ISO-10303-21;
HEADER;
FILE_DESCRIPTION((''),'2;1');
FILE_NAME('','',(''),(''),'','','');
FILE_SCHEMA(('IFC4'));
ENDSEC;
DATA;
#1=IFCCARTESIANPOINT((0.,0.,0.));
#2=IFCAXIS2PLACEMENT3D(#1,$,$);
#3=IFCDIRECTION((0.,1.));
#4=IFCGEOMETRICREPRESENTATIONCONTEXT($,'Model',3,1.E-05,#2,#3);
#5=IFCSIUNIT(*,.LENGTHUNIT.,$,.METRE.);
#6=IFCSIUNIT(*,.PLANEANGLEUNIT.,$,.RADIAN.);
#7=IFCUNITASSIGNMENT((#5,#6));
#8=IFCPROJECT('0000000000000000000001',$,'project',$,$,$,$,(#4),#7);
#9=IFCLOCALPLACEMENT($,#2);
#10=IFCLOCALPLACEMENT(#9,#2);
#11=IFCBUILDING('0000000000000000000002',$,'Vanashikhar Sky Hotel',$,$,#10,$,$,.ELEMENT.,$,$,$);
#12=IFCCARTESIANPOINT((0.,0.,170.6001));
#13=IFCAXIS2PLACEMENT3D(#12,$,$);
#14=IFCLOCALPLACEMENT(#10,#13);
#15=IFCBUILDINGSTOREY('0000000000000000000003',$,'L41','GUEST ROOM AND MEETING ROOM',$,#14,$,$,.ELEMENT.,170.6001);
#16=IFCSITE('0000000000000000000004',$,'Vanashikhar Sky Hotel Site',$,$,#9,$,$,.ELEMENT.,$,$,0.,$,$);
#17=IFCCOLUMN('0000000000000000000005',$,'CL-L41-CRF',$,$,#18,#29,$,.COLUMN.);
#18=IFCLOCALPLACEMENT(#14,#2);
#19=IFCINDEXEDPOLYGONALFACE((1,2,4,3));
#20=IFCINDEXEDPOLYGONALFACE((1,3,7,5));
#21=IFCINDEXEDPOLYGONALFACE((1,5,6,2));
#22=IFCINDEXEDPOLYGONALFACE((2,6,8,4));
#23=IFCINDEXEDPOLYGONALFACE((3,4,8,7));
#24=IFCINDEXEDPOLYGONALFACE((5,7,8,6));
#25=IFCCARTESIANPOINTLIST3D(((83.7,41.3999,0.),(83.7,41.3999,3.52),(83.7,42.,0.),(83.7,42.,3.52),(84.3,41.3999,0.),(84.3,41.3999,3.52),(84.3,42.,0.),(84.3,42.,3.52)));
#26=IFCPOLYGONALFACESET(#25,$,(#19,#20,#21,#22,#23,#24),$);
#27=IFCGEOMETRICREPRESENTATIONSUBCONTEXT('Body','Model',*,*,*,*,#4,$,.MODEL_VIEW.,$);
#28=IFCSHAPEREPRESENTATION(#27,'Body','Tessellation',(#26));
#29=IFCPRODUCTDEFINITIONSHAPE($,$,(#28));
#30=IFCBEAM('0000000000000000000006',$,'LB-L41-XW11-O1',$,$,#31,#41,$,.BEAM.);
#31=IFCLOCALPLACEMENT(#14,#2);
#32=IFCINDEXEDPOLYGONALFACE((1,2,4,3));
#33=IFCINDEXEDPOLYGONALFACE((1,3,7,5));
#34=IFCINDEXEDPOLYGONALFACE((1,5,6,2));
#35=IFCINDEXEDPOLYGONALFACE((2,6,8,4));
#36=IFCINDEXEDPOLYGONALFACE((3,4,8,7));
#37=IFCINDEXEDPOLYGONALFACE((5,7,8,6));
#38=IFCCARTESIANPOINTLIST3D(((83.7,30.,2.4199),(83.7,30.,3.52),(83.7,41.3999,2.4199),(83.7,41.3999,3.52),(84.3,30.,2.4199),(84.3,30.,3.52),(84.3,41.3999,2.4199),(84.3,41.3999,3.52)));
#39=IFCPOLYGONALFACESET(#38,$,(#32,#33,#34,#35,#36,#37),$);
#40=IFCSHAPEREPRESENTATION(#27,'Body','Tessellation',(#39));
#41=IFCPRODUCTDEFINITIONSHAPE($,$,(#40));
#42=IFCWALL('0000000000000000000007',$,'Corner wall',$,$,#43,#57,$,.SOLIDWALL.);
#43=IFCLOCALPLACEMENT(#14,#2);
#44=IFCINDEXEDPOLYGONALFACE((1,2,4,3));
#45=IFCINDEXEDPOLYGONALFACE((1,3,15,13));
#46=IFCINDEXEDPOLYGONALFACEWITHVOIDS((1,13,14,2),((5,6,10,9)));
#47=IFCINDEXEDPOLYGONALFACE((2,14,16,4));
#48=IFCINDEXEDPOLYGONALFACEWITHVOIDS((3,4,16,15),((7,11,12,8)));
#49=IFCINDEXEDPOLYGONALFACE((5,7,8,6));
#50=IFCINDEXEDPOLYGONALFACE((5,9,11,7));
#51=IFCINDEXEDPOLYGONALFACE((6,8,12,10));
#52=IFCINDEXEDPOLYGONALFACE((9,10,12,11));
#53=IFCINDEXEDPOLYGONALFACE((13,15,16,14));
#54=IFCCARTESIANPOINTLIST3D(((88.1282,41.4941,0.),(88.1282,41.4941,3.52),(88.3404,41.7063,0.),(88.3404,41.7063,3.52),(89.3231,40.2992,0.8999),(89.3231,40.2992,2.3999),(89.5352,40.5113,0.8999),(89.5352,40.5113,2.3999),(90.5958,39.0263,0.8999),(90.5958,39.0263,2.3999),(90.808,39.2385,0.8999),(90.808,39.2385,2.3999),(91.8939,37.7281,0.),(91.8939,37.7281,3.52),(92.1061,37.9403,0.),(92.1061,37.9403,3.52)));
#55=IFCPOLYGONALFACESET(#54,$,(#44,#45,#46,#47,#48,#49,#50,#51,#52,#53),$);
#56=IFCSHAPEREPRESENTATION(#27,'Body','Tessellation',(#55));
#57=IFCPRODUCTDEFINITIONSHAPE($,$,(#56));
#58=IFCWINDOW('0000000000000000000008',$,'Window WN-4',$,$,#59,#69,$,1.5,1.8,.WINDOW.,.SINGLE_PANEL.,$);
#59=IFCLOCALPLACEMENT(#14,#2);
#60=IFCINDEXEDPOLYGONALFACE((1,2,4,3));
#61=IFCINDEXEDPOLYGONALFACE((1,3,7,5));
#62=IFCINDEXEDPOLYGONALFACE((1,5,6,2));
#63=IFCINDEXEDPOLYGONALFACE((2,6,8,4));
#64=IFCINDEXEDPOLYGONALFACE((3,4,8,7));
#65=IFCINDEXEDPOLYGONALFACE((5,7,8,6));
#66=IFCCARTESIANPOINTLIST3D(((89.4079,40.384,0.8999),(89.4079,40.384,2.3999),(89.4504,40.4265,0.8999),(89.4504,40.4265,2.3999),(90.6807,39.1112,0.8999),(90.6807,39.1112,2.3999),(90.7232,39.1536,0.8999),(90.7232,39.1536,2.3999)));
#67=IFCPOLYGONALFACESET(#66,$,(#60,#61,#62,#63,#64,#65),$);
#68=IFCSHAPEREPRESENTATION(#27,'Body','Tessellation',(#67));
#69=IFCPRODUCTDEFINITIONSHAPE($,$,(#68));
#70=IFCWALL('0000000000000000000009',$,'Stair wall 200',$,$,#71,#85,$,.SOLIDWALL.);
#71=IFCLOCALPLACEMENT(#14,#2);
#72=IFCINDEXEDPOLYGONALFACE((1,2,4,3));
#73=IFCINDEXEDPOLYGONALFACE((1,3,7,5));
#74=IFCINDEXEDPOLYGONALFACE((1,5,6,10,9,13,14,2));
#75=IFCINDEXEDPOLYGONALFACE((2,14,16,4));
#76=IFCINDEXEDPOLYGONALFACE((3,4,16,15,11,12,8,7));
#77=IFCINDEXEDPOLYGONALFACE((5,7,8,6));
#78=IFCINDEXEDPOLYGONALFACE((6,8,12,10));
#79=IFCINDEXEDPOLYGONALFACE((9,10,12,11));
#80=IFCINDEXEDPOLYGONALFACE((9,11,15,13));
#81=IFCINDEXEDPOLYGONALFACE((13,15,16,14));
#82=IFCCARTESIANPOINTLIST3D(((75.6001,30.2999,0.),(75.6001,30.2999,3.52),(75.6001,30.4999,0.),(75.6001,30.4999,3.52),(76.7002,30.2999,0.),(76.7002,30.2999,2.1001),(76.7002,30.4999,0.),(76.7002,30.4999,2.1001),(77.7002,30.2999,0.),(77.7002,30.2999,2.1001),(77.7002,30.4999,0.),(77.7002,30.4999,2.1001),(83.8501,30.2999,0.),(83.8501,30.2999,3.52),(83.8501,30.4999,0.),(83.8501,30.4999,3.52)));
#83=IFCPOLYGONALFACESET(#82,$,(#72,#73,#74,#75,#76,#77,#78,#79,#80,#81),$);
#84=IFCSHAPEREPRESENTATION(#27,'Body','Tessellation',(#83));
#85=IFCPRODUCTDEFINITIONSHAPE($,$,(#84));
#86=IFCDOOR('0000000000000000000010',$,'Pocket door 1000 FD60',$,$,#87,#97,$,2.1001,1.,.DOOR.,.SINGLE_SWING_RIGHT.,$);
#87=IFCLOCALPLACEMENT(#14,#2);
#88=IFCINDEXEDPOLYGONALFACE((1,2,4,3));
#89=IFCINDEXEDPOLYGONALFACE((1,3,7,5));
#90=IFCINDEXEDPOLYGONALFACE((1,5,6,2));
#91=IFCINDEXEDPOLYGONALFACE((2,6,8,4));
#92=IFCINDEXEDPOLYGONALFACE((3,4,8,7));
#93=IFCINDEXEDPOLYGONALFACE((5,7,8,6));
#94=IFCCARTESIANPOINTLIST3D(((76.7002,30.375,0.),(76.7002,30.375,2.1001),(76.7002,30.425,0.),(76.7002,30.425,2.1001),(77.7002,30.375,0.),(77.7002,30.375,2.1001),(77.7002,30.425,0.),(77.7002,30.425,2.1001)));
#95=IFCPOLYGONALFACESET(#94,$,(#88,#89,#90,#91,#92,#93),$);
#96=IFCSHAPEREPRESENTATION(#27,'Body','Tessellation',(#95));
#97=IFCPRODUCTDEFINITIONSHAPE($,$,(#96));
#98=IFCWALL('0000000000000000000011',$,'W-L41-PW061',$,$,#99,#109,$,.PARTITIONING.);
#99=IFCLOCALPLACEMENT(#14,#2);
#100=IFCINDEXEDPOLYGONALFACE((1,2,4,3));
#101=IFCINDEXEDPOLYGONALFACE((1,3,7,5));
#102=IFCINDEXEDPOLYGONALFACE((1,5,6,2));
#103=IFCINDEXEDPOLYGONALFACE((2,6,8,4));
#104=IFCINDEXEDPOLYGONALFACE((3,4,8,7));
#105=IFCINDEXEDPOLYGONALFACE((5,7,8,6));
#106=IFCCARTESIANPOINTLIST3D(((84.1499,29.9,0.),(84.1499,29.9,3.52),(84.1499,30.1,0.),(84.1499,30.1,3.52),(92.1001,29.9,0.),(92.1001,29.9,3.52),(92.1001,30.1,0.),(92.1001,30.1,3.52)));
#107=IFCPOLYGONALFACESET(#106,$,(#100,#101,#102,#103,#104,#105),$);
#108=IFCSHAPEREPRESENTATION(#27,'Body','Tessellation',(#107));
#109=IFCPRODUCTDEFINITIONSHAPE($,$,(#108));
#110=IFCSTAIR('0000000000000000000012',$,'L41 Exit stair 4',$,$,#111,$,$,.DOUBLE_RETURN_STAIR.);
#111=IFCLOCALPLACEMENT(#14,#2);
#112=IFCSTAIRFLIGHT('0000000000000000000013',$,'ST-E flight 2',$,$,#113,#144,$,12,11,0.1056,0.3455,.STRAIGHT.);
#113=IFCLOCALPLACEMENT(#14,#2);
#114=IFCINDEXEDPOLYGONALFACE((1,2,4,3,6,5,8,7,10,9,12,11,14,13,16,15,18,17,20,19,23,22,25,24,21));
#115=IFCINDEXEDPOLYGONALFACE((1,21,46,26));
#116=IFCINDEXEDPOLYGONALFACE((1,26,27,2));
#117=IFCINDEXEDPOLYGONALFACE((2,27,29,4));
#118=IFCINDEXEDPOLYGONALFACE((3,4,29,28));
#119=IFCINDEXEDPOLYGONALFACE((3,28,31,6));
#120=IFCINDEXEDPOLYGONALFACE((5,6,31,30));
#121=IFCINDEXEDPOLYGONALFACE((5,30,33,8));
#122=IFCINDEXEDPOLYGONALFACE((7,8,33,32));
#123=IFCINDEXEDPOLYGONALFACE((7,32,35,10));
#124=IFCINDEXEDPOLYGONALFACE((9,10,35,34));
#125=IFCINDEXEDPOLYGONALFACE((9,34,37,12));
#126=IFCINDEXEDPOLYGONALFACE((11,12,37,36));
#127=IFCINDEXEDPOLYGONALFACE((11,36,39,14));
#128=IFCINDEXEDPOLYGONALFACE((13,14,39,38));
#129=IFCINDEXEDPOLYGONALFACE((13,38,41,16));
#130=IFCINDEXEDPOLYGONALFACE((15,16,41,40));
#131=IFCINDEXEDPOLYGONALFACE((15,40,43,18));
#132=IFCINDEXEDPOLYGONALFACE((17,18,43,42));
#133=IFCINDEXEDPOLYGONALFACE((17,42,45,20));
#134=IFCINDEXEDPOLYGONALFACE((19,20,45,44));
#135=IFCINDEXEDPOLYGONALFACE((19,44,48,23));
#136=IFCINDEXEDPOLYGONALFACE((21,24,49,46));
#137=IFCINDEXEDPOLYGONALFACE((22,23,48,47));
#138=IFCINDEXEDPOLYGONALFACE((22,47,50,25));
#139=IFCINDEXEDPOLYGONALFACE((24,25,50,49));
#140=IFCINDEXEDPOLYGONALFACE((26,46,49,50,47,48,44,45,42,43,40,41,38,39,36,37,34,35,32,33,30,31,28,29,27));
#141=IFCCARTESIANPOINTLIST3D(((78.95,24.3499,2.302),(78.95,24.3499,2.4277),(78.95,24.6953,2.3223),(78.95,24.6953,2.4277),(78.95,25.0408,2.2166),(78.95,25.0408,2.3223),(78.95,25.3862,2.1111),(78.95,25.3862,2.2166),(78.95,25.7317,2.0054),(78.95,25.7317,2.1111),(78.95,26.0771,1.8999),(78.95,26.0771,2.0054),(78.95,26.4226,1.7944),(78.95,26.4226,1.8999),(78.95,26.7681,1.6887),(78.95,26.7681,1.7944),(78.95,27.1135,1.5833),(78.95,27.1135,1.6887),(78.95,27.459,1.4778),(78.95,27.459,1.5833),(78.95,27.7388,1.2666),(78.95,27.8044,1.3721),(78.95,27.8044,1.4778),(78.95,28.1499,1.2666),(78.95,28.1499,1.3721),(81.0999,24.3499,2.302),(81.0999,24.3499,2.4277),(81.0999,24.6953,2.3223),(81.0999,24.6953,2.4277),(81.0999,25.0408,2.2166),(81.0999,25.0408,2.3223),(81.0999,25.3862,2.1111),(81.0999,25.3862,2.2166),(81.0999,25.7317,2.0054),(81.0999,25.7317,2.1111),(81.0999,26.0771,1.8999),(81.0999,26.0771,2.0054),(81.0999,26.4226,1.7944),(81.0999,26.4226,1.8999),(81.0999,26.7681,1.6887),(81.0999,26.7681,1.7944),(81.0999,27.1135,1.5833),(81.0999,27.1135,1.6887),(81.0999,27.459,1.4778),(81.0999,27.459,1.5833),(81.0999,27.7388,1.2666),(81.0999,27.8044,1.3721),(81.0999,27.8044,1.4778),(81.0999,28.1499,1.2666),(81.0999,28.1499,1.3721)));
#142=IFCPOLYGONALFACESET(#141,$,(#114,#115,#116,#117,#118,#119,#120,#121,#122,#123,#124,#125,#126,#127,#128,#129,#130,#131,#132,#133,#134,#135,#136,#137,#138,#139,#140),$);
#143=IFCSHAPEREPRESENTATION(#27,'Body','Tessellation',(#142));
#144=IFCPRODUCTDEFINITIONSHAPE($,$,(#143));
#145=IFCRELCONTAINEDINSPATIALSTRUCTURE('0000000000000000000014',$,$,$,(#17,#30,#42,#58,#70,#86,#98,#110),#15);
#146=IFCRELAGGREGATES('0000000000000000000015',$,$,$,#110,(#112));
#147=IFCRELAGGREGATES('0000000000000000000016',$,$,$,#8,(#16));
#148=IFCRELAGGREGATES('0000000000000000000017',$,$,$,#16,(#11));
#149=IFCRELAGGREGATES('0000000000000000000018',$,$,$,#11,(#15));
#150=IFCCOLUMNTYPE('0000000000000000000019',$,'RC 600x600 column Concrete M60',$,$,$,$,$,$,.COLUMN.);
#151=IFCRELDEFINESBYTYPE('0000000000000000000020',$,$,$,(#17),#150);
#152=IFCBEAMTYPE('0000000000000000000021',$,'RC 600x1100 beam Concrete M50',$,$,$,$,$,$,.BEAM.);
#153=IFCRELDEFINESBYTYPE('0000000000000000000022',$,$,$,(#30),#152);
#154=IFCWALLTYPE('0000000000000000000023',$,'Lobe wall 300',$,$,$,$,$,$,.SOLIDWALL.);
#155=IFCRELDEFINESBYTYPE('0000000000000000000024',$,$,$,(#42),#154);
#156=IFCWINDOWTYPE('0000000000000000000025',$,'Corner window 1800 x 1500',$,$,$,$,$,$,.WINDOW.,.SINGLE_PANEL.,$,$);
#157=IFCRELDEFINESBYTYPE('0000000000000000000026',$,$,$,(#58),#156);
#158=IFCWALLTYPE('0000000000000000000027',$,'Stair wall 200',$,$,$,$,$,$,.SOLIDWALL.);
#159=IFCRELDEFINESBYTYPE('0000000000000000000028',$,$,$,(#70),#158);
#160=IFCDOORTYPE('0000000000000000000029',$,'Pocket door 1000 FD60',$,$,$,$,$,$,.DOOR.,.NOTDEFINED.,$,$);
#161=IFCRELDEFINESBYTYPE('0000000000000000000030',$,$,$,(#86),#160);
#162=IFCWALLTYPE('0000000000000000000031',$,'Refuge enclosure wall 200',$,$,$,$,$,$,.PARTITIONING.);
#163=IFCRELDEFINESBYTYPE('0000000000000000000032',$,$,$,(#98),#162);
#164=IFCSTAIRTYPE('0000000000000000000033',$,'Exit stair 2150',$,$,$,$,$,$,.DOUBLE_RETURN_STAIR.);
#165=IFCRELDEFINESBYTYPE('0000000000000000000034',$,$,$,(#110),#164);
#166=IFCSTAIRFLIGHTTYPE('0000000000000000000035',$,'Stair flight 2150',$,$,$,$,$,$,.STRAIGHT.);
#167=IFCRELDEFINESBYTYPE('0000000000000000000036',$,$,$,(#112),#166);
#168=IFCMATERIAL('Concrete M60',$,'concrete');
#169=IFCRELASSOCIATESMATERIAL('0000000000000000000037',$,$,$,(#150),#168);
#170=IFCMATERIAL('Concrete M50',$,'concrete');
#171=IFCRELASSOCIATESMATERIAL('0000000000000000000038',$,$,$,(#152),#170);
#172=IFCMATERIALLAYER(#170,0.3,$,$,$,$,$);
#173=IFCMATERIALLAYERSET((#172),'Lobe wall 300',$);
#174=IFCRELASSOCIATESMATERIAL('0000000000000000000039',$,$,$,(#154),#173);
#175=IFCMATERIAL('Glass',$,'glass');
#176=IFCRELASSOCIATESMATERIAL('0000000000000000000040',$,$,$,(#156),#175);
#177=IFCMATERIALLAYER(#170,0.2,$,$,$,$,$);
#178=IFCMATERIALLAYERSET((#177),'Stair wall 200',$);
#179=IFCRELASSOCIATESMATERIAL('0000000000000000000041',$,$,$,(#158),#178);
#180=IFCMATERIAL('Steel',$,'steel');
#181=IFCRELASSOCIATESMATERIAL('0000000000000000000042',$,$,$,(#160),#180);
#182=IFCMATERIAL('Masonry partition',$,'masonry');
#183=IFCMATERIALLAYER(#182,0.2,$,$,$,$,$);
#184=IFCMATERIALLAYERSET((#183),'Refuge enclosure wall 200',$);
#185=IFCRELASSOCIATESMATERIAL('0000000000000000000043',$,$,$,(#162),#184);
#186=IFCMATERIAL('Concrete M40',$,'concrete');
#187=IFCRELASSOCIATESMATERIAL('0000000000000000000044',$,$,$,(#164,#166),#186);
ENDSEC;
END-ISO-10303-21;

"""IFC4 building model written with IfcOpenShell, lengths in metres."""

from ifc_helpers import new_model, si_unit, direction, frame, frame_2d, origin, origin_2d, place, context, subcontext, project, spatial, polyline, rectangle, outline, extrude, source, transform, mapped, material, layer, layer_set, material_profile, profile_set, type_object, element, fill, aggregate, save


model = new_model("IFC4")

# Units and contexts
model_context = context("Model", 3, precision=1e-05, world=origin(), true_north=direction((0.0, 1.0)))
body_context = subcontext(model_context, "Body", "Model", "MODEL_VIEW")
ifc_project = project(units=[si_unit("LENGTHUNIT", "METRE"), si_unit("PLANEANGLEUNIT", "RADIAN")], contexts=[model_context])

# Site, building, storey
site_placement = place(None, origin())
site = spatial("IfcSite", under=ifc_project, at=site_placement, Name="Vanashikhar Sky Hotel Site", CompositionType="ELEMENT", RefElevation=0.0)
building_placement = place(site_placement, origin())
building = spatial("IfcBuilding", under=site, at=building_placement, Name="Vanashikhar Sky Hotel", CompositionType="ELEMENT")
storey_placement = place(building_placement, frame((0.0, 0.0, 170.6001)))
storey = spatial("IfcBuildingStorey", under=building, at=storey_placement, Name="L41", Description="GUEST ROOM AND MEETING ROOM", CompositionType="ELEMENT", Elevation=170.6001)

# Column
ifc_material_1 = material(Name="Concrete M60", Category="concrete")
ifc_material_profile_1 = material_profile(ifc_material_1, rectangle(XDim=0.6001, YDim=0.6001, at=origin_2d()))
ifc_profile_set_1 = profile_set([ifc_material_profile_1], Name="RC 600x600 column Concrete M60")
column_type = type_object("IfcColumnType", Name="RC 600x600 column Concrete M60", PredefinedType="COLUMN", material=ifc_profile_set_1)
shared_shape_1 = source(origin(), body_context, "Body", "SweptSolid", [
    extrude(rectangle(XDim=0.6001, YDim=0.6001, at=origin_2d()), origin(), (0.0, 0.0, 1.0), 3.52),
])
column_placement = place(storey_placement, frame((84.0, 41.7, 0.0), z_axis=(0.0, 0.0, 1.0), x_axis=(1.0, 0.0, 0.0)))
element("IfcColumn", 1, at=column_placement, inside=storey, type_object=column_type, Name="CL-L41-CRF", PredefinedType="COLUMN", context=body_context, shape_type="MappedRepresentation", body=[
    mapped(shared_shape_1, transform((0.0, 0.0, 0.0), scale=1.0)),
])

# Beam
ifc_material_2 = material(Name="Concrete M50", Category="concrete")
ifc_material_profile_2 = material_profile(ifc_material_2, rectangle(XDim=0.6001, YDim=1.1001, at=origin_2d()))
ifc_profile_set_2 = profile_set([ifc_material_profile_2], Name="RC 600x1100 beam Concrete M50")
beam_type = type_object("IfcBeamType", Name="RC 600x1100 beam Concrete M50", PredefinedType="BEAM", material=ifc_profile_set_2)
shared_shape_2 = source(origin(), body_context, "Body", "SweptSolid", [
    extrude(rectangle(XDim=0.6001, YDim=1.1001, at=origin_2d()), origin(), (0.0, 0.0, 1.0), 11.3999),
])
beam_placement = place(storey_placement, frame((84.0, 30.0, 2.97), z_axis=(0.0, 1.0, 0.0), x_axis=(-1.0, 0.0, 0.0)))
element("IfcBeam", 2, at=beam_placement, inside=storey, type_object=beam_type, Name="LB-L41-XW11-O1", PredefinedType="BEAM", context=body_context, shape_type="MappedRepresentation", body=[
    mapped(shared_shape_2, transform((0.0, 0.0, 0.0), scale=1.0)),
])

# Wall, opening, window
ifc_layer_1 = layer(ifc_material_2, 0.3)
ifc_layer_set_1 = layer_set([ifc_layer_1], Name="Lobe wall 300")
wall_type_1 = type_object("IfcWallType", Name="Lobe wall 300", PredefinedType="SOLIDWALL", material=ifc_layer_set_1)
shared_shape_3 = source(origin(), body_context, "Body", "SweptSolid", [
    extrude(rectangle(XDim=5.3257, YDim=0.3, at=frame_2d((2.6628, 0.0))), origin(), (0.0, 0.0, 1.0), 3.52),
])
wall_1_placement = place(storey_placement, frame((92.0, 37.8342, 0.0), z_axis=(0.0, 0.0, 1.0), x_axis=(-0.707084, 0.70713, 0.0)))
wall_1 = element("IfcWall", 3, at=wall_1_placement, inside=storey, type_object=wall_type_1, Name="Corner wall", PredefinedType="SOLIDWALL", context=body_context, shape_type="MappedRepresentation", body=[
    mapped(shared_shape_3, transform((0.0, 0.0, 0.0), scale=1.0)),
])
shared_shape_4 = source(origin(), body_context, "Body", "SweptSolid", [
    extrude(rectangle(XDim=1.8, YDim=1.5, at=frame_2d((0.8999, 0.75))), frame((0.0, 0.1602, 0.0), z_axis=(0.0, -1.0, 0.0), x_axis=(1.0, 0.0, 0.0)), (0.0, 0.0, 1.0), 0.3201),
])
opening_1_placement = place(wall_1_placement, frame((1.8359, 0.0, 0.8999)))
opening_1 = element("IfcOpeningElement", 4, at=opening_1_placement, cuts=wall_1, PredefinedType="OPENING", context=body_context, shape_type="MappedRepresentation", body=[
    mapped(shared_shape_4, transform((0.0, 0.0, 0.0), scale=1.0)),
])
ifc_material_3 = material(Name="Glass", Category="glass")
window_type = type_object("IfcWindowType", Name="Corner window 1800 x 1500", PartitioningType="SINGLE_PANEL", PredefinedType="WINDOW", material=ifc_material_3)
shared_shape_5 = source(origin(), body_context, "Body", "SweptSolid", [
    extrude(rectangle(XDim=1.8, YDim=1.5, at=frame_2d((0.8999, 0.75))), frame((0.0, 0.03, 0.0), z_axis=(0.0, -1.0, 0.0), x_axis=(1.0, 0.0, 0.0)), (0.0, 0.0, 1.0), 0.0601),
])
window_placement = place(opening_1_placement, origin())
window = element("IfcWindow", 5, at=window_placement, inside=storey, type_object=window_type, Name="Window WN-4", OverallHeight=1.5, OverallWidth=1.8, PartitioningType="SINGLE_PANEL", PredefinedType="WINDOW", context=body_context, shape_type="MappedRepresentation", body=[
    mapped(shared_shape_5, transform((0.0, 0.0, 0.0), scale=1.0)),
])
fill(opening_1, window)

# Wall, opening, door
ifc_layer_2 = layer(ifc_material_2, 0.2)
ifc_layer_set_2 = layer_set([ifc_layer_2], Name="Stair wall 200")
wall_type_2 = type_object("IfcWallType", Name="Stair wall 200", PredefinedType="SOLIDWALL", material=ifc_layer_set_2)
shared_shape_6 = source(origin(), body_context, "Body", "SweptSolid", [
    extrude(rectangle(XDim=8.25, YDim=0.2, at=frame_2d((4.125, 0.0))), origin(), (0.0, 0.0, 1.0), 3.52),
])
wall_2_placement = place(storey_placement, frame((83.8501, 30.3999, 0.0), z_axis=(0.0, 0.0, 1.0), x_axis=(-1.0, 0.0, 0.0)))
wall_2 = element("IfcWall", 6, at=wall_2_placement, inside=storey, type_object=wall_type_2, Name="Stair wall 200", PredefinedType="SOLIDWALL", context=body_context, shape_type="MappedRepresentation", body=[
    mapped(shared_shape_6, transform((0.0, 0.0, 0.0), scale=1.0)),
])
shared_shape_7 = source(origin(), body_context, "Body", "SweptSolid", [
    extrude(rectangle(XDim=1.0, YDim=2.1001, at=frame_2d((0.5, 1.05))), frame((0.0, 0.1099, 0.0), z_axis=(0.0, -1.0, 0.0), x_axis=(1.0, 0.0, 0.0)), (0.0, 0.0, 1.0), 0.22),
])
opening_2_placement = place(wall_2_placement, frame((6.1499, 0.0, 0.0)))
opening_2 = element("IfcOpeningElement", 7, at=opening_2_placement, cuts=wall_2, PredefinedType="OPENING", context=body_context, shape_type="MappedRepresentation", body=[
    mapped(shared_shape_7, transform((0.0, 0.0, 0.0), scale=1.0)),
])
ifc_material_4 = material(Name="Steel", Category="steel")
door_type = type_object("IfcDoorType", Name="Pocket door 1000 FD60", OperationType="NOTDEFINED", PredefinedType="DOOR", material=ifc_material_4)
shared_shape_8 = source(origin(), body_context, "Body", "SweptSolid", [
    extrude(rectangle(XDim=1.0, YDim=2.1001, at=frame_2d((0.5, 1.05))), frame((0.0, 0.0249, 0.0), z_axis=(0.0, -1.0, 0.0), x_axis=(1.0, 0.0, 0.0)), (0.0, 0.0, 1.0), 0.05),
])
door_placement = place(opening_2_placement, origin())
door = element("IfcDoor", 8, at=door_placement, inside=storey, type_object=door_type, Name="Pocket door 1000 FD60", OperationType="SINGLE_SWING_RIGHT", OverallHeight=2.1001, OverallWidth=1.0, PredefinedType="DOOR", context=body_context, shape_type="MappedRepresentation", body=[
    mapped(shared_shape_8, transform((0.0, 0.0, 0.0), scale=1.0)),
])
fill(opening_2, door)

# Wall
ifc_material_5 = material(Name="Masonry partition", Category="masonry")
ifc_layer_3 = layer(ifc_material_5, 0.2)
ifc_layer_set_3 = layer_set([ifc_layer_3], Name="Refuge enclosure wall 200")
wall_type_3 = type_object("IfcWallType", Name="Refuge enclosure wall 200", PredefinedType="PARTITIONING", material=ifc_layer_set_3)
shared_shape_9 = source(origin(), body_context, "Body", "SweptSolid", [
    extrude(rectangle(XDim=7.9502, YDim=0.2, at=frame_2d((3.9751, 0.0))), origin(), (0.0, 0.0, 1.0), 3.52),
])
wall_3_placement = place(storey_placement, frame((84.1499, 30.0, 0.0), z_axis=(0.0, 0.0, 1.0), x_axis=(1.0, 0.0, 0.0)))
element("IfcWall", 9, at=wall_3_placement, inside=storey, type_object=wall_type_3, Name="W-L41-PW061", PredefinedType="PARTITIONING", context=body_context, shape_type="MappedRepresentation", body=[
    mapped(shared_shape_9, transform((0.0, 0.0, 0.0), scale=1.0)),
])

# Stair, stair flight
ifc_material_6 = material(Name="Concrete M40", Category="concrete")
stair_type = type_object("IfcStairType", Name="Exit stair 2150", PredefinedType="DOUBLE_RETURN_STAIR", material=ifc_material_6)
stair_placement = place(storey_placement, origin())
stair = element("IfcStair", 10, at=stair_placement, inside=storey, type_object=stair_type, Name="L41 Exit stair 4", PredefinedType="DOUBLE_RETURN_STAIR")
stair_flight_type = type_object("IfcStairFlightType", Name="Stair flight 2150", PredefinedType="STRAIGHT", material=ifc_material_6)
shared_shape_10 = source(origin(), body_context, "Body", "SweptSolid", [
    extrude(outline(polyline([(0.0, 0.0), (0.0, 0.1055), (0.3455, 0.1055), (0.3455, 0.2112), (0.6909, 0.2112), (0.6909, 0.3167), (1.0364, 0.3167), (1.0364, 0.4221), (1.3818, 0.4221), (1.3818, 0.5278), (1.7273, 0.5278), (1.7273, 0.6333), (2.0728, 0.6333), (2.0728, 0.7388), (2.4182, 0.7388), (2.4182, 0.8445), (2.7637, 0.8445), (2.7637, 0.95), (3.1091, 0.95), (3.1091, 1.0557), (3.4546, 1.0557), (3.4546, 1.1611), (3.8, 1.1611), (3.8, 1.2666), (3.8, 1.0354), (0.4111, 0.0), (0.0, 0.0)])), frame((0.0, 1.075, 0.0), z_axis=(0.0, -1.0, 0.0), x_axis=(1.0, 0.0, 0.0)), (0.0, 0.0, 1.0), 2.1499),
])
stair_flight_placement = place(storey_placement, frame((80.0249, 28.1499, 1.2666), z_axis=(0.0, 0.0, 1.0), x_axis=(0.0, -1.0, 0.0)))
stair_flight = element("IfcStairFlight", 11, at=stair_flight_placement, type_object=stair_flight_type, Name="ST-E flight 2", NumberOfRisers=12, NumberOfTreads=11, PredefinedType="STRAIGHT", RiserHeight=0.1056, TreadLength=0.3455, context=body_context, shape_type="MappedRepresentation", body=[
    mapped(shared_shape_10, transform((0.0, 0.0, 0.0), scale=1.0)),
])
aggregate(stair, [stair_flight])

save(model, "model.ifc")
